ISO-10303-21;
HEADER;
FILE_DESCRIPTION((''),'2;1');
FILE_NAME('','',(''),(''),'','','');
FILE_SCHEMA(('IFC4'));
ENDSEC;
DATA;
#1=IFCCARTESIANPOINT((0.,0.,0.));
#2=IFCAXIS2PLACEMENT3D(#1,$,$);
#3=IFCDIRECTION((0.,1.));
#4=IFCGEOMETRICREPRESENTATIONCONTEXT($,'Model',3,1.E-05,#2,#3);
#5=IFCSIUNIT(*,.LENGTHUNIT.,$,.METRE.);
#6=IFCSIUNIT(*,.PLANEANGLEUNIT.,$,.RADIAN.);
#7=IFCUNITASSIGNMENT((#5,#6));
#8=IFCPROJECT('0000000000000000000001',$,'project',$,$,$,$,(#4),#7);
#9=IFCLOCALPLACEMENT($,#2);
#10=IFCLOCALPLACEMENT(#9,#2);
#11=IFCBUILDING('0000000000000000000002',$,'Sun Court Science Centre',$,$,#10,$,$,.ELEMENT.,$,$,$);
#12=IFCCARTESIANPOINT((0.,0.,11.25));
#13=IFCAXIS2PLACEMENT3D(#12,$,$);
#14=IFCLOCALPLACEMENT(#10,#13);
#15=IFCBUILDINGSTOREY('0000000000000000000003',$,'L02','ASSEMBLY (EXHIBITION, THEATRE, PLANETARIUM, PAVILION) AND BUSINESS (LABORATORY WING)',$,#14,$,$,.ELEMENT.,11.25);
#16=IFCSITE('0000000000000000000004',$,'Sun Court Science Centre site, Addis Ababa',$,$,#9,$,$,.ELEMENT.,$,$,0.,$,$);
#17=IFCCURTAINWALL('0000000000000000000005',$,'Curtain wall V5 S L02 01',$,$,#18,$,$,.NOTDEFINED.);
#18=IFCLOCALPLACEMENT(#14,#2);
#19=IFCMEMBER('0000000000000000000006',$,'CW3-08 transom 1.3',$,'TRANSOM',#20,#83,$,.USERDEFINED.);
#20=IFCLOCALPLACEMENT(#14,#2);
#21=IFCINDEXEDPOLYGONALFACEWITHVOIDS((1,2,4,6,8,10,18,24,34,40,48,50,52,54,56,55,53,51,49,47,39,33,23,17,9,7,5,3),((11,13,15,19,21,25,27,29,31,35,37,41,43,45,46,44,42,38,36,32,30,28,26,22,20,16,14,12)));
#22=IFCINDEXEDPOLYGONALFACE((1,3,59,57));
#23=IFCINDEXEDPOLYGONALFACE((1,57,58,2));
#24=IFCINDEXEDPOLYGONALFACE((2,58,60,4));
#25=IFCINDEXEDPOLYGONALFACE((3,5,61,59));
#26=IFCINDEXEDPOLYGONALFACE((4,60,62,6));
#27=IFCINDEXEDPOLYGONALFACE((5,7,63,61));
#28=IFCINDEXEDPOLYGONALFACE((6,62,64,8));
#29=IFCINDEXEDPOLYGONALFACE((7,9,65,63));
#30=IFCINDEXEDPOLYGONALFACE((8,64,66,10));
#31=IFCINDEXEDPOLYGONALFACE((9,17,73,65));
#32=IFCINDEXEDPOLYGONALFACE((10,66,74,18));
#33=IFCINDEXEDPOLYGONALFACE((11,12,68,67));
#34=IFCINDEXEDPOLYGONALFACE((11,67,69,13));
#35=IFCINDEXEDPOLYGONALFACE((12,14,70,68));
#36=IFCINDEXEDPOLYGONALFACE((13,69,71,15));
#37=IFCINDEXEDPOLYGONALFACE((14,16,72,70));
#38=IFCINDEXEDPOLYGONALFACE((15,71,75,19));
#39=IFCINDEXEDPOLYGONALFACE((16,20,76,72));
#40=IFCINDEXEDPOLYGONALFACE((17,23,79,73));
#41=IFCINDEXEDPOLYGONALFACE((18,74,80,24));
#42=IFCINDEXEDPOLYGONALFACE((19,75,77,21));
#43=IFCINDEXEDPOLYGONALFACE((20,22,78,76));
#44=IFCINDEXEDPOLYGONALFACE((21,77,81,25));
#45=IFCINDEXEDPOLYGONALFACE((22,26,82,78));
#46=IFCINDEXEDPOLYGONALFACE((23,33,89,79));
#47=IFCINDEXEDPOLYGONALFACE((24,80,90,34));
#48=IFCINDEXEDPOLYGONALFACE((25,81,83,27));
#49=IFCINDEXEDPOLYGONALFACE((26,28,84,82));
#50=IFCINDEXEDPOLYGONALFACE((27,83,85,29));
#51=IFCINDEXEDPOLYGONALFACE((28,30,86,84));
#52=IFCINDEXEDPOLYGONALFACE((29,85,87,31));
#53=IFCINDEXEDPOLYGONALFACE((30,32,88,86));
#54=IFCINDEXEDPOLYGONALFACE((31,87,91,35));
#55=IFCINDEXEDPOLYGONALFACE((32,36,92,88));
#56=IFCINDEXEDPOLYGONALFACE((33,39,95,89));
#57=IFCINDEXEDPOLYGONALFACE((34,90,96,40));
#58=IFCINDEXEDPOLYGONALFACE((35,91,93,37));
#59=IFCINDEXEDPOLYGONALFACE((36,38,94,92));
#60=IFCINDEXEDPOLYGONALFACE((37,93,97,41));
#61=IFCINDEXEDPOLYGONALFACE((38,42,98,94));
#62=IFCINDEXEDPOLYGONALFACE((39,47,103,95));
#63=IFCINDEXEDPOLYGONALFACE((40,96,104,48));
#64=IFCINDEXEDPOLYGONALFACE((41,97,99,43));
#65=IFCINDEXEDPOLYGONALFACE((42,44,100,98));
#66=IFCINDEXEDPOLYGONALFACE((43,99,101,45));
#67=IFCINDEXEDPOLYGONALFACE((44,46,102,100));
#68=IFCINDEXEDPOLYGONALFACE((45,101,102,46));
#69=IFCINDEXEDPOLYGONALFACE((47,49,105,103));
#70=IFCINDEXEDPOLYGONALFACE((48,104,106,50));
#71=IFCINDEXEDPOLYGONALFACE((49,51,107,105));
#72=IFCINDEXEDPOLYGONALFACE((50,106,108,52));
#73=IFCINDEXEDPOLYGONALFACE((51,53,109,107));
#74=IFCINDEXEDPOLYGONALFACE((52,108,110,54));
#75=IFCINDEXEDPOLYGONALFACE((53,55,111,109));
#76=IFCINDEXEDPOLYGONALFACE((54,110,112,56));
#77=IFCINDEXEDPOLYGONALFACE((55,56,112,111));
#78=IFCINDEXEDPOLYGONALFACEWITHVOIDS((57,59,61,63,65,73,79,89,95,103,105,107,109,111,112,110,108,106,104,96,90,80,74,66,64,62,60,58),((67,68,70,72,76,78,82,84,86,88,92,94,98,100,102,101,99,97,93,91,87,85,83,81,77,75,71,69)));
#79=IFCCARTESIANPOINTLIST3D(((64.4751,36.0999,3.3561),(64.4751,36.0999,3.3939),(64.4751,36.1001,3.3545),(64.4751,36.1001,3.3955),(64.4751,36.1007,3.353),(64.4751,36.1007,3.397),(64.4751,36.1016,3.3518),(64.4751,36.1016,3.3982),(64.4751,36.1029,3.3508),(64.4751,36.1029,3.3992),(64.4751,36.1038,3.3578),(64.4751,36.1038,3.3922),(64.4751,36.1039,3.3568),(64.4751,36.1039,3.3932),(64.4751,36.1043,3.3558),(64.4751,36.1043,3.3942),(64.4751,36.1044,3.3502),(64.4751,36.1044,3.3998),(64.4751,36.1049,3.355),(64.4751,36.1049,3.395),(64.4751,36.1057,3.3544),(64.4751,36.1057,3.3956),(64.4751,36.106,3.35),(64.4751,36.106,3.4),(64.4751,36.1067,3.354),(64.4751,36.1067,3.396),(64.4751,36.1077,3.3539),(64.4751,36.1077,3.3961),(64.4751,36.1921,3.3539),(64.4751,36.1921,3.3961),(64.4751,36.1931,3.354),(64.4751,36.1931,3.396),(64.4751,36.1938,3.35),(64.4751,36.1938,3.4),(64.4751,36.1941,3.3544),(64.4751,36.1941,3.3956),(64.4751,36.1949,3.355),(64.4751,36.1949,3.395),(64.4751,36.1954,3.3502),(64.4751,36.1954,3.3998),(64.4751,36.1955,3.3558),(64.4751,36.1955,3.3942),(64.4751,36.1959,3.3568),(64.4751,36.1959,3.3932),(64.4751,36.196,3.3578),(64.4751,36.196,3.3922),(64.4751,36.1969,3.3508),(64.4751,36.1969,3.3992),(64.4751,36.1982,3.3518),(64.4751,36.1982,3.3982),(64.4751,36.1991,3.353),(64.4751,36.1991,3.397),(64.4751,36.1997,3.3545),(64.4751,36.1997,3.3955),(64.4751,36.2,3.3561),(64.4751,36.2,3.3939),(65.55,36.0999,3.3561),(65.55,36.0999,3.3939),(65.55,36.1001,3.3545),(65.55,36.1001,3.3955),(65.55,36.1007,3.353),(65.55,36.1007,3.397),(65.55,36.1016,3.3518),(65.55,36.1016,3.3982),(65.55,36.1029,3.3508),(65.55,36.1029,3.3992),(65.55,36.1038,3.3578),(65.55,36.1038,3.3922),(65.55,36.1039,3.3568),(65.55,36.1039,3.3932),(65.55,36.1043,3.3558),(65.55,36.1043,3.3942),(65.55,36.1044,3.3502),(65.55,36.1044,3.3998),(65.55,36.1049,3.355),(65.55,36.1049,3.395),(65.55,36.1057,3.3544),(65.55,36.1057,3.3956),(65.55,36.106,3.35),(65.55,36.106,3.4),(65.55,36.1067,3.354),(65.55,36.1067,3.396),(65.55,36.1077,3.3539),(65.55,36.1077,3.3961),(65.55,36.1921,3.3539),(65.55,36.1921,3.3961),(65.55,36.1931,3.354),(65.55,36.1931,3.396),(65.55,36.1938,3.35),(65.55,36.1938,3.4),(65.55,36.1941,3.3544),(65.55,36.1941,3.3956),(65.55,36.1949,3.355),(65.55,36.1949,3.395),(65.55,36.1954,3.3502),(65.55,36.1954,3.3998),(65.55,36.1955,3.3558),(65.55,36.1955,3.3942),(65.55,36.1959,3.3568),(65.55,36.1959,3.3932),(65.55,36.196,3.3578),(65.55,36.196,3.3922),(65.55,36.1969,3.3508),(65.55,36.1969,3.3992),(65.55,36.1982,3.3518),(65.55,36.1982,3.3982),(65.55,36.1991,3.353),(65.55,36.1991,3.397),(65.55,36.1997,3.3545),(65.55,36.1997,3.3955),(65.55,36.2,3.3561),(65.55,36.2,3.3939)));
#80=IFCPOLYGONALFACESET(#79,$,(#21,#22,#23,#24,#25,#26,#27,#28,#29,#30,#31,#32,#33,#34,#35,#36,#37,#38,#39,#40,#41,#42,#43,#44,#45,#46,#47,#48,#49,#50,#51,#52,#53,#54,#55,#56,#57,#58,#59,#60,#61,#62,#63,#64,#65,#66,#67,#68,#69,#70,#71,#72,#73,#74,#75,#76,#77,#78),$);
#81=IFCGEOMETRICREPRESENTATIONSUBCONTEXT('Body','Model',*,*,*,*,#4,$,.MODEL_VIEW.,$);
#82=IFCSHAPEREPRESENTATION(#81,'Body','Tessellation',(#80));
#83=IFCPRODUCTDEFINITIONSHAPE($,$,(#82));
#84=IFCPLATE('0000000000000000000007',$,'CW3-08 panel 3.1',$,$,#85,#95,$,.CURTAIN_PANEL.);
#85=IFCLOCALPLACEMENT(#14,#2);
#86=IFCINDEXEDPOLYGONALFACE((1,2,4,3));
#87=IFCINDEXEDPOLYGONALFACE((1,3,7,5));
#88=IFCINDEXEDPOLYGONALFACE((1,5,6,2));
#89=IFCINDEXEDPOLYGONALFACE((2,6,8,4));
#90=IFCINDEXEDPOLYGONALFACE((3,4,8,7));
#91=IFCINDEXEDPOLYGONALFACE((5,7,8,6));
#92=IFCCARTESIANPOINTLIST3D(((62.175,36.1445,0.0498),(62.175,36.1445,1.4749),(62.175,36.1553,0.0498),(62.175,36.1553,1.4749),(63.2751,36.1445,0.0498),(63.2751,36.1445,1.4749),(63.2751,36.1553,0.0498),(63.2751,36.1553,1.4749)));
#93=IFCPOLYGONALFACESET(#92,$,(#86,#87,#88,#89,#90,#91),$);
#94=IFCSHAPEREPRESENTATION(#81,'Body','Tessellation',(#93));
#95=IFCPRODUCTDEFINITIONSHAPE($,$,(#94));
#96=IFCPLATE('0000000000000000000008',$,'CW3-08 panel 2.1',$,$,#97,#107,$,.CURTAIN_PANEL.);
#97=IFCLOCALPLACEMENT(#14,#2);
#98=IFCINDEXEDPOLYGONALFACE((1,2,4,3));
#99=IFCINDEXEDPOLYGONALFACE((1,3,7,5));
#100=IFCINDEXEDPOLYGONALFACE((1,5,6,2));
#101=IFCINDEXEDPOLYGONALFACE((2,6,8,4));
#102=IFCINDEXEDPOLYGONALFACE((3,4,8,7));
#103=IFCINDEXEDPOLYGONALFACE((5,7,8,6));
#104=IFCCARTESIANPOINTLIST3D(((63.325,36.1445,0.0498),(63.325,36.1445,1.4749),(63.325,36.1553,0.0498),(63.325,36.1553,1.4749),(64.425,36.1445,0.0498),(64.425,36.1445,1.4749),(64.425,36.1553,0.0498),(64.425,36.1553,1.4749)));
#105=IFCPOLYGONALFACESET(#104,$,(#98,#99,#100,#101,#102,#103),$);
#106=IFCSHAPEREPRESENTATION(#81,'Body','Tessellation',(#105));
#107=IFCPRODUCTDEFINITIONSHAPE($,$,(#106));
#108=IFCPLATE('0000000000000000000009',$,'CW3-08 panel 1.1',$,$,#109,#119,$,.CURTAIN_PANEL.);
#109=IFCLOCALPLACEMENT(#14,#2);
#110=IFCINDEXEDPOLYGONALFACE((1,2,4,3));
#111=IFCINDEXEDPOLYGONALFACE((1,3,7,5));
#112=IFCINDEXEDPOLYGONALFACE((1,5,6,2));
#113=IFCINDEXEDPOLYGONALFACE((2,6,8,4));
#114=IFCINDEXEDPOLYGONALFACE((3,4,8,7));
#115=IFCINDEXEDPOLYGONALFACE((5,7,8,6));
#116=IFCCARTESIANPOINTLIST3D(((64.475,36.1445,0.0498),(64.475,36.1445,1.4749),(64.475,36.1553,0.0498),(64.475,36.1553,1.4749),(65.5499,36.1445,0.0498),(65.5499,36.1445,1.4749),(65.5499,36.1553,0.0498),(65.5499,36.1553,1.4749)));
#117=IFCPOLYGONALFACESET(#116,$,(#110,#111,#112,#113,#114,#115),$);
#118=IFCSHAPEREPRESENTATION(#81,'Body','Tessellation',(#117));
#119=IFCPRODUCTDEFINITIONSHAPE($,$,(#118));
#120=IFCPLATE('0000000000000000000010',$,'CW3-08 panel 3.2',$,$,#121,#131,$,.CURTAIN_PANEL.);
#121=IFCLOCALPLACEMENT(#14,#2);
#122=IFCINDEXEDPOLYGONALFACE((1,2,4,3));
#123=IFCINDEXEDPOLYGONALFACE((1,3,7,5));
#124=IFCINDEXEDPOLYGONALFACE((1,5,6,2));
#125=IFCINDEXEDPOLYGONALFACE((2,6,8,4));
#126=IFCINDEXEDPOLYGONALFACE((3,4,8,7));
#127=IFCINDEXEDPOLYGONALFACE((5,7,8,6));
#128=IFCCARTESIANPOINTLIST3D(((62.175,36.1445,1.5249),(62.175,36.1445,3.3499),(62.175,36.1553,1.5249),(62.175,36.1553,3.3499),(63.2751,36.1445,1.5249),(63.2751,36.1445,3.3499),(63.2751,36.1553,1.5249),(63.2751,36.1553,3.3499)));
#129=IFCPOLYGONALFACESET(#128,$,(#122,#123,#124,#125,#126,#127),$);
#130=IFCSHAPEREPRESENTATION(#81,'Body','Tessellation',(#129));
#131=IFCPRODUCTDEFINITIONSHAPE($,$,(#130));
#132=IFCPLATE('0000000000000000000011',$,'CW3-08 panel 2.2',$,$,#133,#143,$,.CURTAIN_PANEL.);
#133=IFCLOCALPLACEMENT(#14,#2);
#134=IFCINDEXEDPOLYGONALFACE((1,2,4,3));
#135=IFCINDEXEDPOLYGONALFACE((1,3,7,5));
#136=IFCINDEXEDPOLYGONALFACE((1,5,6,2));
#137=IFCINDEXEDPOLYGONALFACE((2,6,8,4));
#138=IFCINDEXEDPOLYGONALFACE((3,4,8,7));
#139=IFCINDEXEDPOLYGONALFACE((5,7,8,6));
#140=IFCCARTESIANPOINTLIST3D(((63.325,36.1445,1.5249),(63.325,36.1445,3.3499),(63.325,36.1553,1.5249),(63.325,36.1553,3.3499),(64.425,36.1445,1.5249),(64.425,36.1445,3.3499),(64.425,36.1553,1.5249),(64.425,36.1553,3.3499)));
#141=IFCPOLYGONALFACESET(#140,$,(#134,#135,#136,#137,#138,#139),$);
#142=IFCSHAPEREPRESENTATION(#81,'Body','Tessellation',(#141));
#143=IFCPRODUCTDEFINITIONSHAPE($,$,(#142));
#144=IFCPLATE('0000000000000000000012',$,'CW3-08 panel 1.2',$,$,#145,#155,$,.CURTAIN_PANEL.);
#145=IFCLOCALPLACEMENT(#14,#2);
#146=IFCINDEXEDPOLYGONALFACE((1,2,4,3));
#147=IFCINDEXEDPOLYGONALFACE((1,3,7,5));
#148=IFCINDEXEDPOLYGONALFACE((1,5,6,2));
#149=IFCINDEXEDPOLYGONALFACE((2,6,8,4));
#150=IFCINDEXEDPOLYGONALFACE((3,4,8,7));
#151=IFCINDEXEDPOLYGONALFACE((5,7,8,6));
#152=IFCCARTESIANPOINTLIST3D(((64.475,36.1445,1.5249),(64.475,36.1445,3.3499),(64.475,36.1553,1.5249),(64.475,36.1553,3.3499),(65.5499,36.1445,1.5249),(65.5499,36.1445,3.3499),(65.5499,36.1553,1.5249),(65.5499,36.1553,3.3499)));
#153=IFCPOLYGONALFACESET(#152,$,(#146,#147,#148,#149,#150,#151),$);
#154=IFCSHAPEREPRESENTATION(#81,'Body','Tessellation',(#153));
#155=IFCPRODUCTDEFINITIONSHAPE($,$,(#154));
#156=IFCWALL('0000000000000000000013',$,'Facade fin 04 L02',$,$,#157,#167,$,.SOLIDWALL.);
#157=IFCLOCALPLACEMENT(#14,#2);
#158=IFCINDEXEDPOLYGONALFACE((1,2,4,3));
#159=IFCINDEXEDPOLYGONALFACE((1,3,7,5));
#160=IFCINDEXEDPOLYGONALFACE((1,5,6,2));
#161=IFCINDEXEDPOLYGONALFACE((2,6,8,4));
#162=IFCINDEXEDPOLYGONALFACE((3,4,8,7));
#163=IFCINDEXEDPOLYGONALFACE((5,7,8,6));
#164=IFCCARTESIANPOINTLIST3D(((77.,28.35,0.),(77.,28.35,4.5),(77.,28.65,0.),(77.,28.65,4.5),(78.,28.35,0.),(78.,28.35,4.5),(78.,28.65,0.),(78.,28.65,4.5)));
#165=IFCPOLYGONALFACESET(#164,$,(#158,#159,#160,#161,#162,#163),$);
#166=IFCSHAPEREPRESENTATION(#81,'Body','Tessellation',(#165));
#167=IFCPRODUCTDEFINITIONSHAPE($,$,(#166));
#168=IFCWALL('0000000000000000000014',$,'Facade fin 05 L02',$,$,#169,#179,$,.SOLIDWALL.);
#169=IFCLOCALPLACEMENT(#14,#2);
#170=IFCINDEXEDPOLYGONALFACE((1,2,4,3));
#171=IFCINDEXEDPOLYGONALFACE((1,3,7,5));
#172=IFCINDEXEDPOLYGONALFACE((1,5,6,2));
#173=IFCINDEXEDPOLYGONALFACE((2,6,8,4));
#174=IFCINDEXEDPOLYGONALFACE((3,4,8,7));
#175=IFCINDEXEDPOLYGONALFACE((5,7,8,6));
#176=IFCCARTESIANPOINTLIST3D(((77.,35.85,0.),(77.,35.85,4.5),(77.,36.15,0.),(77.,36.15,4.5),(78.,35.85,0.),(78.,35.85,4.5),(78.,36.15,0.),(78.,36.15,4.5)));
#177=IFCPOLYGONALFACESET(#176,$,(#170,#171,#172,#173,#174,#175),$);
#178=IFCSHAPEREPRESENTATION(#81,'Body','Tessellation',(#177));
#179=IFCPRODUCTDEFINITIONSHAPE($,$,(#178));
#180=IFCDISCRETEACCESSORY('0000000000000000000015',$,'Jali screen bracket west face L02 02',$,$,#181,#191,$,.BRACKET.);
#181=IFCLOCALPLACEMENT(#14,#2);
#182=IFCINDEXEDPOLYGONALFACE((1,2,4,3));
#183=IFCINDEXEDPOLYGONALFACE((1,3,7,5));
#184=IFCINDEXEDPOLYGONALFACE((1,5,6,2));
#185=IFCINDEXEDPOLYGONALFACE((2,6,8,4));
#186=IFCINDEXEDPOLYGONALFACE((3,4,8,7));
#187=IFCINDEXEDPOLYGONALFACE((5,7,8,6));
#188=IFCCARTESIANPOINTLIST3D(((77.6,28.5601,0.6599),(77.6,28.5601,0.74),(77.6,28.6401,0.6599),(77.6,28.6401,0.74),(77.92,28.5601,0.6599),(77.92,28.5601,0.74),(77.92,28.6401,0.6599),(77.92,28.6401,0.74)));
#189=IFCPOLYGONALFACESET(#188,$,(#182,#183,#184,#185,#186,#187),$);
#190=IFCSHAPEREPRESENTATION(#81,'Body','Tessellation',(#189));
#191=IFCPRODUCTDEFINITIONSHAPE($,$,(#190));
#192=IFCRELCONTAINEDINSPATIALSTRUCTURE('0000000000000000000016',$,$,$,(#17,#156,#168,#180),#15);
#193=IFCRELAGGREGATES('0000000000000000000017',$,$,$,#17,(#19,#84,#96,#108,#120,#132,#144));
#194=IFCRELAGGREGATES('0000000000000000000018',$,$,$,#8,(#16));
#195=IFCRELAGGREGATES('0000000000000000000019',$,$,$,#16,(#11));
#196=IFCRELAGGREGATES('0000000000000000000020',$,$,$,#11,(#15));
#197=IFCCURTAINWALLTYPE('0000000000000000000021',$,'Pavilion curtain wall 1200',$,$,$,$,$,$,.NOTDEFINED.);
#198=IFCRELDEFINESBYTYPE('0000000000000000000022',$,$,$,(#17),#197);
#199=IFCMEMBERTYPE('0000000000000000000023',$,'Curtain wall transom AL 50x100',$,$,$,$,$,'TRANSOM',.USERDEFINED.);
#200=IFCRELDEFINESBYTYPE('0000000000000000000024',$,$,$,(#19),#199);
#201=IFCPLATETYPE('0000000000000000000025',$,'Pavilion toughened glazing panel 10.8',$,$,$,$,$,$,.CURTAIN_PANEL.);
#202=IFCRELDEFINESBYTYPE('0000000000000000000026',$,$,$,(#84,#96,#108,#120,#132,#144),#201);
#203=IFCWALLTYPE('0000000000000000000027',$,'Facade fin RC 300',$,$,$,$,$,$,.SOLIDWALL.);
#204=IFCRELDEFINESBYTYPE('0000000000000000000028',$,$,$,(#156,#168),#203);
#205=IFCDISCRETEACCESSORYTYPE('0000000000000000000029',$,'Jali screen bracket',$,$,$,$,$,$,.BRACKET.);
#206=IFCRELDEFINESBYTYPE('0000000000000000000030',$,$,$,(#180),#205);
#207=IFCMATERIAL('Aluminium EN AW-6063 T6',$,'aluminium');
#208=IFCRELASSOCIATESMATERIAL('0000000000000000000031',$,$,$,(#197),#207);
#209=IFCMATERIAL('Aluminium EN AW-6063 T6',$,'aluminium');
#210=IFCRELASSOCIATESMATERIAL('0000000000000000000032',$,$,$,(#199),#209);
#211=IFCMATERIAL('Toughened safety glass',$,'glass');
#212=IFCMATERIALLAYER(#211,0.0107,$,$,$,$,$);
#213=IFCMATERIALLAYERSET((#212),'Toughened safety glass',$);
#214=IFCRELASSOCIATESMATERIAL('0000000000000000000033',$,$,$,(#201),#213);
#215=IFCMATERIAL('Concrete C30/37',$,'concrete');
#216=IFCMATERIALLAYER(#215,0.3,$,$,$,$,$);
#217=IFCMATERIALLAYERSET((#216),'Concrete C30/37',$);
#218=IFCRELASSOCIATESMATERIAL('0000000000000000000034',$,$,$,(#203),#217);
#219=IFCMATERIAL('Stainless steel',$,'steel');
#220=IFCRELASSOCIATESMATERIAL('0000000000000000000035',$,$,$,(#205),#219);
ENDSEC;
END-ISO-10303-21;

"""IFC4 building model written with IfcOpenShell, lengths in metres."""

from ifc_helpers import new_model, si_unit, direction, frame, frame_2d, origin, origin_2d, place, context, subcontext, project, spatial, rectangle, hollow_rectangle, extrude, material, layer, layer_set, material_profile, profile_set, type_object, element, aggregate, save


model = new_model("IFC4")

# Units and contexts
model_context = context("Model", 3, precision=1e-05, world=origin(), true_north=direction((0.0, 1.0)))
body_context = subcontext(model_context, "Body", "Model", "MODEL_VIEW")
ifc_project = project(units=[si_unit("LENGTHUNIT", "METRE"), si_unit("PLANEANGLEUNIT", "RADIAN")], contexts=[model_context])

# Site, building, storey
site_placement = place(None, origin())
site = spatial("IfcSite", under=ifc_project, at=site_placement, Name="Sun Court Science Centre site, Addis Ababa", CompositionType="ELEMENT", RefElevation=0.0)
building_placement = place(site_placement, origin())
building = spatial("IfcBuilding", under=site, at=building_placement, Name="Sun Court Science Centre", CompositionType="ELEMENT")
storey_placement = place(building_placement, frame((0.0, 0.0, 11.25)))
storey = spatial("IfcBuildingStorey", under=building, at=storey_placement, Name="L02", Description="ASSEMBLY (EXHIBITION, THEATRE, PLANETARIUM, PAVILION) AND BUSINESS (LABORATORY WING)", CompositionType="ELEMENT", Elevation=11.25)

# Curtain wall, member, plates
ifc_material_1 = material(Name="Aluminium EN AW-6063 T6", Category="aluminium")
curtain_wall_type = type_object("IfcCurtainWallType", Name="Pavilion curtain wall 1200", PredefinedType="NOTDEFINED", material=ifc_material_1)
curtain_wall_placement = place(storey_placement, origin())
curtain_wall = element("IfcCurtainWall", 1, at=curtain_wall_placement, inside=storey, type_object=curtain_wall_type, Name="Curtain wall V5 S L02 01", PredefinedType="NOTDEFINED")
ifc_material_2 = material(Name="Aluminium EN AW-6063 T6", Category="aluminium")
ifc_material_profile_1 = material_profile(ifc_material_2, hollow_rectangle(XDim=0.05, YDim=0.1001, WallThickness=0.0039, InnerFilletRadius=0.0039, OuterFilletRadius=0.0061, at=origin_2d()), Name="AL 50x100x4")
ifc_profile_set_1 = profile_set([ifc_material_profile_1], Name="Aluminium EN AW-6063 T6")
member_type_1 = type_object("IfcMemberType", Name="Curtain wall transom AL 50x100", ElementType="TRANSOM", PredefinedType="USERDEFINED", material=ifc_profile_set_1)
member_1_placement = place(storey_placement, frame((65.55, 36.1499, 3.375), z_axis=(-1.0, 0.0, 0.0), x_axis=(0.0, 0.0, 1.0)))
member_1 = element("IfcMember", 2, at=member_1_placement, type_object=member_type_1, Name="CW3-08 transom 1.3", ObjectType="TRANSOM", PredefinedType="USERDEFINED", context=body_context, shape_type="SweptSolid", body=[
    extrude(hollow_rectangle(XDim=0.05, YDim=0.1001, WallThickness=0.0039, InnerFilletRadius=0.0039, OuterFilletRadius=0.0061, at=origin_2d()), origin(), (0.0, 0.0, 1.0), 1.075),
])
ifc_material_3 = material(Name="Toughened safety glass", Category="glass")
ifc_layer_1 = layer(ifc_material_3, 0.0107)
ifc_layer_set_1 = layer_set([ifc_layer_1], Name="Toughened safety glass")
plate_type = type_object("IfcPlateType", Name="Pavilion toughened glazing panel 10.8", PredefinedType="CURTAIN_PANEL", material=ifc_layer_set_1)
plate_1_placement = place(storey_placement, frame((62.7251, 36.1499, 0.0498), z_axis=(0.0, 0.0, 1.0), x_axis=(-1.0, 0.0, 0.0)))
plate_1 = element("IfcPlate", 3, at=plate_1_placement, type_object=plate_type, Name="CW3-08 panel 3.1", PredefinedType="CURTAIN_PANEL", context=body_context, shape_type="SweptSolid", body=[
    extrude(rectangle(XDim=1.1001, YDim=0.0107, at=origin_2d()), origin(), (0.0, 0.0, 1.0), 1.425),
])
plate_2_placement = place(storey_placement, frame((63.875, 36.1499, 0.0498), z_axis=(0.0, 0.0, 1.0), x_axis=(-1.0, 0.0, 0.0)))
plate_2 = element("IfcPlate", 4, at=plate_2_placement, type_object=plate_type, Name="CW3-08 panel 2.1", PredefinedType="CURTAIN_PANEL", context=body_context, shape_type="SweptSolid", body=[
    extrude(rectangle(XDim=1.1001, YDim=0.0107, at=origin_2d()), origin(), (0.0, 0.0, 1.0), 1.425),
])
plate_3_placement = place(storey_placement, frame((65.0125, 36.1499, 0.0498), z_axis=(0.0, 0.0, 1.0), x_axis=(-1.0, 0.0, 0.0)))
plate_3 = element("IfcPlate", 5, at=plate_3_placement, type_object=plate_type, Name="CW3-08 panel 1.1", PredefinedType="CURTAIN_PANEL", context=body_context, shape_type="SweptSolid", body=[
    extrude(rectangle(XDim=1.075, YDim=0.0107, at=origin_2d()), origin(), (0.0, 0.0, 1.0), 1.425),
])
plate_4_placement = place(storey_placement, frame((62.7251, 36.1499, 1.5249), z_axis=(0.0, 0.0, 1.0), x_axis=(-1.0, 0.0, 0.0)))
plate_4 = element("IfcPlate", 6, at=plate_4_placement, type_object=plate_type, Name="CW3-08 panel 3.2", PredefinedType="CURTAIN_PANEL", context=body_context, shape_type="SweptSolid", body=[
    extrude(rectangle(XDim=1.1001, YDim=0.0107, at=origin_2d()), origin(), (0.0, 0.0, 1.0), 1.825),
])
plate_5_placement = place(storey_placement, frame((63.875, 36.1499, 1.5249), z_axis=(0.0, 0.0, 1.0), x_axis=(-1.0, 0.0, 0.0)))
plate_5 = element("IfcPlate", 7, at=plate_5_placement, type_object=plate_type, Name="CW3-08 panel 2.2", PredefinedType="CURTAIN_PANEL", context=body_context, shape_type="SweptSolid", body=[
    extrude(rectangle(XDim=1.1001, YDim=0.0107, at=origin_2d()), origin(), (0.0, 0.0, 1.0), 1.825),
])
plate_6_placement = place(storey_placement, frame((65.0125, 36.1499, 1.5249), z_axis=(0.0, 0.0, 1.0), x_axis=(-1.0, 0.0, 0.0)))
plate_6 = element("IfcPlate", 8, at=plate_6_placement, type_object=plate_type, Name="CW3-08 panel 1.2", PredefinedType="CURTAIN_PANEL", context=body_context, shape_type="SweptSolid", body=[
    extrude(rectangle(XDim=1.075, YDim=0.0107, at=origin_2d()), origin(), (0.0, 0.0, 1.0), 1.825),
])
aggregate(curtain_wall, [member_1, plate_1, plate_2, plate_3, plate_4, plate_5, plate_6])

# Walls
ifc_material_4 = material(Name="Concrete C30/37", Category="concrete")
ifc_layer_2 = layer(ifc_material_4, 0.3)
ifc_layer_set_2 = layer_set([ifc_layer_2], Name="Concrete C30/37")
wall_type = type_object("IfcWallType", Name="Facade fin RC 300", PredefinedType="SOLIDWALL", material=ifc_layer_set_2)
for number, where, z_axis, x_axis, name in (
    (9, (77.0, 28.5, 0.0), (0.0, 0.0, 1.0), (1.0, 0.0, 0.0), "Facade fin 04 L02"),
    (10, (77.0, 36.0, 0.0), (0.0, 0.0, 1.0), (1.0, 0.0, 0.0), "Facade fin 05 L02"),
):
    element("IfcWall", number, at=place(storey_placement, frame(where, z_axis=z_axis, x_axis=x_axis)), inside=storey, type_object=wall_type, Name=name, PredefinedType="SOLIDWALL", context=body_context, shape_type="SweptSolid", body=[
        extrude(rectangle(XDim=1.0, YDim=0.3, at=frame_2d((0.5, 0.0))), origin(), (0.0, 0.0, 1.0), 4.5),
    ])

# Discrete accessory
ifc_material_5 = material(Name="Stainless steel", Category="steel")
discrete_accessory_type = type_object("IfcDiscreteAccessoryType", Name="Jali screen bracket", PredefinedType="BRACKET", material=ifc_material_5)
for number, where, z_axis, x_axis, name in (
    (11, (77.76, 28.6001, 0.6599), (0.0, 0.0, 1.0), (0.0, 1.0, 0.0), "Jali screen bracket west face L02 02"),
):
    element("IfcDiscreteAccessory", number, at=place(storey_placement, frame(where, z_axis=z_axis, x_axis=x_axis)), inside=storey, type_object=discrete_accessory_type, Name=name, PredefinedType="BRACKET", context=body_context, shape_type="SweptSolid", body=[
        extrude(rectangle(XDim=0.0801, YDim=0.3201, at=origin_2d()), origin(), (0.0, 0.0, 1.0), 0.0801),
    ])

save(model, "model.ifc")
